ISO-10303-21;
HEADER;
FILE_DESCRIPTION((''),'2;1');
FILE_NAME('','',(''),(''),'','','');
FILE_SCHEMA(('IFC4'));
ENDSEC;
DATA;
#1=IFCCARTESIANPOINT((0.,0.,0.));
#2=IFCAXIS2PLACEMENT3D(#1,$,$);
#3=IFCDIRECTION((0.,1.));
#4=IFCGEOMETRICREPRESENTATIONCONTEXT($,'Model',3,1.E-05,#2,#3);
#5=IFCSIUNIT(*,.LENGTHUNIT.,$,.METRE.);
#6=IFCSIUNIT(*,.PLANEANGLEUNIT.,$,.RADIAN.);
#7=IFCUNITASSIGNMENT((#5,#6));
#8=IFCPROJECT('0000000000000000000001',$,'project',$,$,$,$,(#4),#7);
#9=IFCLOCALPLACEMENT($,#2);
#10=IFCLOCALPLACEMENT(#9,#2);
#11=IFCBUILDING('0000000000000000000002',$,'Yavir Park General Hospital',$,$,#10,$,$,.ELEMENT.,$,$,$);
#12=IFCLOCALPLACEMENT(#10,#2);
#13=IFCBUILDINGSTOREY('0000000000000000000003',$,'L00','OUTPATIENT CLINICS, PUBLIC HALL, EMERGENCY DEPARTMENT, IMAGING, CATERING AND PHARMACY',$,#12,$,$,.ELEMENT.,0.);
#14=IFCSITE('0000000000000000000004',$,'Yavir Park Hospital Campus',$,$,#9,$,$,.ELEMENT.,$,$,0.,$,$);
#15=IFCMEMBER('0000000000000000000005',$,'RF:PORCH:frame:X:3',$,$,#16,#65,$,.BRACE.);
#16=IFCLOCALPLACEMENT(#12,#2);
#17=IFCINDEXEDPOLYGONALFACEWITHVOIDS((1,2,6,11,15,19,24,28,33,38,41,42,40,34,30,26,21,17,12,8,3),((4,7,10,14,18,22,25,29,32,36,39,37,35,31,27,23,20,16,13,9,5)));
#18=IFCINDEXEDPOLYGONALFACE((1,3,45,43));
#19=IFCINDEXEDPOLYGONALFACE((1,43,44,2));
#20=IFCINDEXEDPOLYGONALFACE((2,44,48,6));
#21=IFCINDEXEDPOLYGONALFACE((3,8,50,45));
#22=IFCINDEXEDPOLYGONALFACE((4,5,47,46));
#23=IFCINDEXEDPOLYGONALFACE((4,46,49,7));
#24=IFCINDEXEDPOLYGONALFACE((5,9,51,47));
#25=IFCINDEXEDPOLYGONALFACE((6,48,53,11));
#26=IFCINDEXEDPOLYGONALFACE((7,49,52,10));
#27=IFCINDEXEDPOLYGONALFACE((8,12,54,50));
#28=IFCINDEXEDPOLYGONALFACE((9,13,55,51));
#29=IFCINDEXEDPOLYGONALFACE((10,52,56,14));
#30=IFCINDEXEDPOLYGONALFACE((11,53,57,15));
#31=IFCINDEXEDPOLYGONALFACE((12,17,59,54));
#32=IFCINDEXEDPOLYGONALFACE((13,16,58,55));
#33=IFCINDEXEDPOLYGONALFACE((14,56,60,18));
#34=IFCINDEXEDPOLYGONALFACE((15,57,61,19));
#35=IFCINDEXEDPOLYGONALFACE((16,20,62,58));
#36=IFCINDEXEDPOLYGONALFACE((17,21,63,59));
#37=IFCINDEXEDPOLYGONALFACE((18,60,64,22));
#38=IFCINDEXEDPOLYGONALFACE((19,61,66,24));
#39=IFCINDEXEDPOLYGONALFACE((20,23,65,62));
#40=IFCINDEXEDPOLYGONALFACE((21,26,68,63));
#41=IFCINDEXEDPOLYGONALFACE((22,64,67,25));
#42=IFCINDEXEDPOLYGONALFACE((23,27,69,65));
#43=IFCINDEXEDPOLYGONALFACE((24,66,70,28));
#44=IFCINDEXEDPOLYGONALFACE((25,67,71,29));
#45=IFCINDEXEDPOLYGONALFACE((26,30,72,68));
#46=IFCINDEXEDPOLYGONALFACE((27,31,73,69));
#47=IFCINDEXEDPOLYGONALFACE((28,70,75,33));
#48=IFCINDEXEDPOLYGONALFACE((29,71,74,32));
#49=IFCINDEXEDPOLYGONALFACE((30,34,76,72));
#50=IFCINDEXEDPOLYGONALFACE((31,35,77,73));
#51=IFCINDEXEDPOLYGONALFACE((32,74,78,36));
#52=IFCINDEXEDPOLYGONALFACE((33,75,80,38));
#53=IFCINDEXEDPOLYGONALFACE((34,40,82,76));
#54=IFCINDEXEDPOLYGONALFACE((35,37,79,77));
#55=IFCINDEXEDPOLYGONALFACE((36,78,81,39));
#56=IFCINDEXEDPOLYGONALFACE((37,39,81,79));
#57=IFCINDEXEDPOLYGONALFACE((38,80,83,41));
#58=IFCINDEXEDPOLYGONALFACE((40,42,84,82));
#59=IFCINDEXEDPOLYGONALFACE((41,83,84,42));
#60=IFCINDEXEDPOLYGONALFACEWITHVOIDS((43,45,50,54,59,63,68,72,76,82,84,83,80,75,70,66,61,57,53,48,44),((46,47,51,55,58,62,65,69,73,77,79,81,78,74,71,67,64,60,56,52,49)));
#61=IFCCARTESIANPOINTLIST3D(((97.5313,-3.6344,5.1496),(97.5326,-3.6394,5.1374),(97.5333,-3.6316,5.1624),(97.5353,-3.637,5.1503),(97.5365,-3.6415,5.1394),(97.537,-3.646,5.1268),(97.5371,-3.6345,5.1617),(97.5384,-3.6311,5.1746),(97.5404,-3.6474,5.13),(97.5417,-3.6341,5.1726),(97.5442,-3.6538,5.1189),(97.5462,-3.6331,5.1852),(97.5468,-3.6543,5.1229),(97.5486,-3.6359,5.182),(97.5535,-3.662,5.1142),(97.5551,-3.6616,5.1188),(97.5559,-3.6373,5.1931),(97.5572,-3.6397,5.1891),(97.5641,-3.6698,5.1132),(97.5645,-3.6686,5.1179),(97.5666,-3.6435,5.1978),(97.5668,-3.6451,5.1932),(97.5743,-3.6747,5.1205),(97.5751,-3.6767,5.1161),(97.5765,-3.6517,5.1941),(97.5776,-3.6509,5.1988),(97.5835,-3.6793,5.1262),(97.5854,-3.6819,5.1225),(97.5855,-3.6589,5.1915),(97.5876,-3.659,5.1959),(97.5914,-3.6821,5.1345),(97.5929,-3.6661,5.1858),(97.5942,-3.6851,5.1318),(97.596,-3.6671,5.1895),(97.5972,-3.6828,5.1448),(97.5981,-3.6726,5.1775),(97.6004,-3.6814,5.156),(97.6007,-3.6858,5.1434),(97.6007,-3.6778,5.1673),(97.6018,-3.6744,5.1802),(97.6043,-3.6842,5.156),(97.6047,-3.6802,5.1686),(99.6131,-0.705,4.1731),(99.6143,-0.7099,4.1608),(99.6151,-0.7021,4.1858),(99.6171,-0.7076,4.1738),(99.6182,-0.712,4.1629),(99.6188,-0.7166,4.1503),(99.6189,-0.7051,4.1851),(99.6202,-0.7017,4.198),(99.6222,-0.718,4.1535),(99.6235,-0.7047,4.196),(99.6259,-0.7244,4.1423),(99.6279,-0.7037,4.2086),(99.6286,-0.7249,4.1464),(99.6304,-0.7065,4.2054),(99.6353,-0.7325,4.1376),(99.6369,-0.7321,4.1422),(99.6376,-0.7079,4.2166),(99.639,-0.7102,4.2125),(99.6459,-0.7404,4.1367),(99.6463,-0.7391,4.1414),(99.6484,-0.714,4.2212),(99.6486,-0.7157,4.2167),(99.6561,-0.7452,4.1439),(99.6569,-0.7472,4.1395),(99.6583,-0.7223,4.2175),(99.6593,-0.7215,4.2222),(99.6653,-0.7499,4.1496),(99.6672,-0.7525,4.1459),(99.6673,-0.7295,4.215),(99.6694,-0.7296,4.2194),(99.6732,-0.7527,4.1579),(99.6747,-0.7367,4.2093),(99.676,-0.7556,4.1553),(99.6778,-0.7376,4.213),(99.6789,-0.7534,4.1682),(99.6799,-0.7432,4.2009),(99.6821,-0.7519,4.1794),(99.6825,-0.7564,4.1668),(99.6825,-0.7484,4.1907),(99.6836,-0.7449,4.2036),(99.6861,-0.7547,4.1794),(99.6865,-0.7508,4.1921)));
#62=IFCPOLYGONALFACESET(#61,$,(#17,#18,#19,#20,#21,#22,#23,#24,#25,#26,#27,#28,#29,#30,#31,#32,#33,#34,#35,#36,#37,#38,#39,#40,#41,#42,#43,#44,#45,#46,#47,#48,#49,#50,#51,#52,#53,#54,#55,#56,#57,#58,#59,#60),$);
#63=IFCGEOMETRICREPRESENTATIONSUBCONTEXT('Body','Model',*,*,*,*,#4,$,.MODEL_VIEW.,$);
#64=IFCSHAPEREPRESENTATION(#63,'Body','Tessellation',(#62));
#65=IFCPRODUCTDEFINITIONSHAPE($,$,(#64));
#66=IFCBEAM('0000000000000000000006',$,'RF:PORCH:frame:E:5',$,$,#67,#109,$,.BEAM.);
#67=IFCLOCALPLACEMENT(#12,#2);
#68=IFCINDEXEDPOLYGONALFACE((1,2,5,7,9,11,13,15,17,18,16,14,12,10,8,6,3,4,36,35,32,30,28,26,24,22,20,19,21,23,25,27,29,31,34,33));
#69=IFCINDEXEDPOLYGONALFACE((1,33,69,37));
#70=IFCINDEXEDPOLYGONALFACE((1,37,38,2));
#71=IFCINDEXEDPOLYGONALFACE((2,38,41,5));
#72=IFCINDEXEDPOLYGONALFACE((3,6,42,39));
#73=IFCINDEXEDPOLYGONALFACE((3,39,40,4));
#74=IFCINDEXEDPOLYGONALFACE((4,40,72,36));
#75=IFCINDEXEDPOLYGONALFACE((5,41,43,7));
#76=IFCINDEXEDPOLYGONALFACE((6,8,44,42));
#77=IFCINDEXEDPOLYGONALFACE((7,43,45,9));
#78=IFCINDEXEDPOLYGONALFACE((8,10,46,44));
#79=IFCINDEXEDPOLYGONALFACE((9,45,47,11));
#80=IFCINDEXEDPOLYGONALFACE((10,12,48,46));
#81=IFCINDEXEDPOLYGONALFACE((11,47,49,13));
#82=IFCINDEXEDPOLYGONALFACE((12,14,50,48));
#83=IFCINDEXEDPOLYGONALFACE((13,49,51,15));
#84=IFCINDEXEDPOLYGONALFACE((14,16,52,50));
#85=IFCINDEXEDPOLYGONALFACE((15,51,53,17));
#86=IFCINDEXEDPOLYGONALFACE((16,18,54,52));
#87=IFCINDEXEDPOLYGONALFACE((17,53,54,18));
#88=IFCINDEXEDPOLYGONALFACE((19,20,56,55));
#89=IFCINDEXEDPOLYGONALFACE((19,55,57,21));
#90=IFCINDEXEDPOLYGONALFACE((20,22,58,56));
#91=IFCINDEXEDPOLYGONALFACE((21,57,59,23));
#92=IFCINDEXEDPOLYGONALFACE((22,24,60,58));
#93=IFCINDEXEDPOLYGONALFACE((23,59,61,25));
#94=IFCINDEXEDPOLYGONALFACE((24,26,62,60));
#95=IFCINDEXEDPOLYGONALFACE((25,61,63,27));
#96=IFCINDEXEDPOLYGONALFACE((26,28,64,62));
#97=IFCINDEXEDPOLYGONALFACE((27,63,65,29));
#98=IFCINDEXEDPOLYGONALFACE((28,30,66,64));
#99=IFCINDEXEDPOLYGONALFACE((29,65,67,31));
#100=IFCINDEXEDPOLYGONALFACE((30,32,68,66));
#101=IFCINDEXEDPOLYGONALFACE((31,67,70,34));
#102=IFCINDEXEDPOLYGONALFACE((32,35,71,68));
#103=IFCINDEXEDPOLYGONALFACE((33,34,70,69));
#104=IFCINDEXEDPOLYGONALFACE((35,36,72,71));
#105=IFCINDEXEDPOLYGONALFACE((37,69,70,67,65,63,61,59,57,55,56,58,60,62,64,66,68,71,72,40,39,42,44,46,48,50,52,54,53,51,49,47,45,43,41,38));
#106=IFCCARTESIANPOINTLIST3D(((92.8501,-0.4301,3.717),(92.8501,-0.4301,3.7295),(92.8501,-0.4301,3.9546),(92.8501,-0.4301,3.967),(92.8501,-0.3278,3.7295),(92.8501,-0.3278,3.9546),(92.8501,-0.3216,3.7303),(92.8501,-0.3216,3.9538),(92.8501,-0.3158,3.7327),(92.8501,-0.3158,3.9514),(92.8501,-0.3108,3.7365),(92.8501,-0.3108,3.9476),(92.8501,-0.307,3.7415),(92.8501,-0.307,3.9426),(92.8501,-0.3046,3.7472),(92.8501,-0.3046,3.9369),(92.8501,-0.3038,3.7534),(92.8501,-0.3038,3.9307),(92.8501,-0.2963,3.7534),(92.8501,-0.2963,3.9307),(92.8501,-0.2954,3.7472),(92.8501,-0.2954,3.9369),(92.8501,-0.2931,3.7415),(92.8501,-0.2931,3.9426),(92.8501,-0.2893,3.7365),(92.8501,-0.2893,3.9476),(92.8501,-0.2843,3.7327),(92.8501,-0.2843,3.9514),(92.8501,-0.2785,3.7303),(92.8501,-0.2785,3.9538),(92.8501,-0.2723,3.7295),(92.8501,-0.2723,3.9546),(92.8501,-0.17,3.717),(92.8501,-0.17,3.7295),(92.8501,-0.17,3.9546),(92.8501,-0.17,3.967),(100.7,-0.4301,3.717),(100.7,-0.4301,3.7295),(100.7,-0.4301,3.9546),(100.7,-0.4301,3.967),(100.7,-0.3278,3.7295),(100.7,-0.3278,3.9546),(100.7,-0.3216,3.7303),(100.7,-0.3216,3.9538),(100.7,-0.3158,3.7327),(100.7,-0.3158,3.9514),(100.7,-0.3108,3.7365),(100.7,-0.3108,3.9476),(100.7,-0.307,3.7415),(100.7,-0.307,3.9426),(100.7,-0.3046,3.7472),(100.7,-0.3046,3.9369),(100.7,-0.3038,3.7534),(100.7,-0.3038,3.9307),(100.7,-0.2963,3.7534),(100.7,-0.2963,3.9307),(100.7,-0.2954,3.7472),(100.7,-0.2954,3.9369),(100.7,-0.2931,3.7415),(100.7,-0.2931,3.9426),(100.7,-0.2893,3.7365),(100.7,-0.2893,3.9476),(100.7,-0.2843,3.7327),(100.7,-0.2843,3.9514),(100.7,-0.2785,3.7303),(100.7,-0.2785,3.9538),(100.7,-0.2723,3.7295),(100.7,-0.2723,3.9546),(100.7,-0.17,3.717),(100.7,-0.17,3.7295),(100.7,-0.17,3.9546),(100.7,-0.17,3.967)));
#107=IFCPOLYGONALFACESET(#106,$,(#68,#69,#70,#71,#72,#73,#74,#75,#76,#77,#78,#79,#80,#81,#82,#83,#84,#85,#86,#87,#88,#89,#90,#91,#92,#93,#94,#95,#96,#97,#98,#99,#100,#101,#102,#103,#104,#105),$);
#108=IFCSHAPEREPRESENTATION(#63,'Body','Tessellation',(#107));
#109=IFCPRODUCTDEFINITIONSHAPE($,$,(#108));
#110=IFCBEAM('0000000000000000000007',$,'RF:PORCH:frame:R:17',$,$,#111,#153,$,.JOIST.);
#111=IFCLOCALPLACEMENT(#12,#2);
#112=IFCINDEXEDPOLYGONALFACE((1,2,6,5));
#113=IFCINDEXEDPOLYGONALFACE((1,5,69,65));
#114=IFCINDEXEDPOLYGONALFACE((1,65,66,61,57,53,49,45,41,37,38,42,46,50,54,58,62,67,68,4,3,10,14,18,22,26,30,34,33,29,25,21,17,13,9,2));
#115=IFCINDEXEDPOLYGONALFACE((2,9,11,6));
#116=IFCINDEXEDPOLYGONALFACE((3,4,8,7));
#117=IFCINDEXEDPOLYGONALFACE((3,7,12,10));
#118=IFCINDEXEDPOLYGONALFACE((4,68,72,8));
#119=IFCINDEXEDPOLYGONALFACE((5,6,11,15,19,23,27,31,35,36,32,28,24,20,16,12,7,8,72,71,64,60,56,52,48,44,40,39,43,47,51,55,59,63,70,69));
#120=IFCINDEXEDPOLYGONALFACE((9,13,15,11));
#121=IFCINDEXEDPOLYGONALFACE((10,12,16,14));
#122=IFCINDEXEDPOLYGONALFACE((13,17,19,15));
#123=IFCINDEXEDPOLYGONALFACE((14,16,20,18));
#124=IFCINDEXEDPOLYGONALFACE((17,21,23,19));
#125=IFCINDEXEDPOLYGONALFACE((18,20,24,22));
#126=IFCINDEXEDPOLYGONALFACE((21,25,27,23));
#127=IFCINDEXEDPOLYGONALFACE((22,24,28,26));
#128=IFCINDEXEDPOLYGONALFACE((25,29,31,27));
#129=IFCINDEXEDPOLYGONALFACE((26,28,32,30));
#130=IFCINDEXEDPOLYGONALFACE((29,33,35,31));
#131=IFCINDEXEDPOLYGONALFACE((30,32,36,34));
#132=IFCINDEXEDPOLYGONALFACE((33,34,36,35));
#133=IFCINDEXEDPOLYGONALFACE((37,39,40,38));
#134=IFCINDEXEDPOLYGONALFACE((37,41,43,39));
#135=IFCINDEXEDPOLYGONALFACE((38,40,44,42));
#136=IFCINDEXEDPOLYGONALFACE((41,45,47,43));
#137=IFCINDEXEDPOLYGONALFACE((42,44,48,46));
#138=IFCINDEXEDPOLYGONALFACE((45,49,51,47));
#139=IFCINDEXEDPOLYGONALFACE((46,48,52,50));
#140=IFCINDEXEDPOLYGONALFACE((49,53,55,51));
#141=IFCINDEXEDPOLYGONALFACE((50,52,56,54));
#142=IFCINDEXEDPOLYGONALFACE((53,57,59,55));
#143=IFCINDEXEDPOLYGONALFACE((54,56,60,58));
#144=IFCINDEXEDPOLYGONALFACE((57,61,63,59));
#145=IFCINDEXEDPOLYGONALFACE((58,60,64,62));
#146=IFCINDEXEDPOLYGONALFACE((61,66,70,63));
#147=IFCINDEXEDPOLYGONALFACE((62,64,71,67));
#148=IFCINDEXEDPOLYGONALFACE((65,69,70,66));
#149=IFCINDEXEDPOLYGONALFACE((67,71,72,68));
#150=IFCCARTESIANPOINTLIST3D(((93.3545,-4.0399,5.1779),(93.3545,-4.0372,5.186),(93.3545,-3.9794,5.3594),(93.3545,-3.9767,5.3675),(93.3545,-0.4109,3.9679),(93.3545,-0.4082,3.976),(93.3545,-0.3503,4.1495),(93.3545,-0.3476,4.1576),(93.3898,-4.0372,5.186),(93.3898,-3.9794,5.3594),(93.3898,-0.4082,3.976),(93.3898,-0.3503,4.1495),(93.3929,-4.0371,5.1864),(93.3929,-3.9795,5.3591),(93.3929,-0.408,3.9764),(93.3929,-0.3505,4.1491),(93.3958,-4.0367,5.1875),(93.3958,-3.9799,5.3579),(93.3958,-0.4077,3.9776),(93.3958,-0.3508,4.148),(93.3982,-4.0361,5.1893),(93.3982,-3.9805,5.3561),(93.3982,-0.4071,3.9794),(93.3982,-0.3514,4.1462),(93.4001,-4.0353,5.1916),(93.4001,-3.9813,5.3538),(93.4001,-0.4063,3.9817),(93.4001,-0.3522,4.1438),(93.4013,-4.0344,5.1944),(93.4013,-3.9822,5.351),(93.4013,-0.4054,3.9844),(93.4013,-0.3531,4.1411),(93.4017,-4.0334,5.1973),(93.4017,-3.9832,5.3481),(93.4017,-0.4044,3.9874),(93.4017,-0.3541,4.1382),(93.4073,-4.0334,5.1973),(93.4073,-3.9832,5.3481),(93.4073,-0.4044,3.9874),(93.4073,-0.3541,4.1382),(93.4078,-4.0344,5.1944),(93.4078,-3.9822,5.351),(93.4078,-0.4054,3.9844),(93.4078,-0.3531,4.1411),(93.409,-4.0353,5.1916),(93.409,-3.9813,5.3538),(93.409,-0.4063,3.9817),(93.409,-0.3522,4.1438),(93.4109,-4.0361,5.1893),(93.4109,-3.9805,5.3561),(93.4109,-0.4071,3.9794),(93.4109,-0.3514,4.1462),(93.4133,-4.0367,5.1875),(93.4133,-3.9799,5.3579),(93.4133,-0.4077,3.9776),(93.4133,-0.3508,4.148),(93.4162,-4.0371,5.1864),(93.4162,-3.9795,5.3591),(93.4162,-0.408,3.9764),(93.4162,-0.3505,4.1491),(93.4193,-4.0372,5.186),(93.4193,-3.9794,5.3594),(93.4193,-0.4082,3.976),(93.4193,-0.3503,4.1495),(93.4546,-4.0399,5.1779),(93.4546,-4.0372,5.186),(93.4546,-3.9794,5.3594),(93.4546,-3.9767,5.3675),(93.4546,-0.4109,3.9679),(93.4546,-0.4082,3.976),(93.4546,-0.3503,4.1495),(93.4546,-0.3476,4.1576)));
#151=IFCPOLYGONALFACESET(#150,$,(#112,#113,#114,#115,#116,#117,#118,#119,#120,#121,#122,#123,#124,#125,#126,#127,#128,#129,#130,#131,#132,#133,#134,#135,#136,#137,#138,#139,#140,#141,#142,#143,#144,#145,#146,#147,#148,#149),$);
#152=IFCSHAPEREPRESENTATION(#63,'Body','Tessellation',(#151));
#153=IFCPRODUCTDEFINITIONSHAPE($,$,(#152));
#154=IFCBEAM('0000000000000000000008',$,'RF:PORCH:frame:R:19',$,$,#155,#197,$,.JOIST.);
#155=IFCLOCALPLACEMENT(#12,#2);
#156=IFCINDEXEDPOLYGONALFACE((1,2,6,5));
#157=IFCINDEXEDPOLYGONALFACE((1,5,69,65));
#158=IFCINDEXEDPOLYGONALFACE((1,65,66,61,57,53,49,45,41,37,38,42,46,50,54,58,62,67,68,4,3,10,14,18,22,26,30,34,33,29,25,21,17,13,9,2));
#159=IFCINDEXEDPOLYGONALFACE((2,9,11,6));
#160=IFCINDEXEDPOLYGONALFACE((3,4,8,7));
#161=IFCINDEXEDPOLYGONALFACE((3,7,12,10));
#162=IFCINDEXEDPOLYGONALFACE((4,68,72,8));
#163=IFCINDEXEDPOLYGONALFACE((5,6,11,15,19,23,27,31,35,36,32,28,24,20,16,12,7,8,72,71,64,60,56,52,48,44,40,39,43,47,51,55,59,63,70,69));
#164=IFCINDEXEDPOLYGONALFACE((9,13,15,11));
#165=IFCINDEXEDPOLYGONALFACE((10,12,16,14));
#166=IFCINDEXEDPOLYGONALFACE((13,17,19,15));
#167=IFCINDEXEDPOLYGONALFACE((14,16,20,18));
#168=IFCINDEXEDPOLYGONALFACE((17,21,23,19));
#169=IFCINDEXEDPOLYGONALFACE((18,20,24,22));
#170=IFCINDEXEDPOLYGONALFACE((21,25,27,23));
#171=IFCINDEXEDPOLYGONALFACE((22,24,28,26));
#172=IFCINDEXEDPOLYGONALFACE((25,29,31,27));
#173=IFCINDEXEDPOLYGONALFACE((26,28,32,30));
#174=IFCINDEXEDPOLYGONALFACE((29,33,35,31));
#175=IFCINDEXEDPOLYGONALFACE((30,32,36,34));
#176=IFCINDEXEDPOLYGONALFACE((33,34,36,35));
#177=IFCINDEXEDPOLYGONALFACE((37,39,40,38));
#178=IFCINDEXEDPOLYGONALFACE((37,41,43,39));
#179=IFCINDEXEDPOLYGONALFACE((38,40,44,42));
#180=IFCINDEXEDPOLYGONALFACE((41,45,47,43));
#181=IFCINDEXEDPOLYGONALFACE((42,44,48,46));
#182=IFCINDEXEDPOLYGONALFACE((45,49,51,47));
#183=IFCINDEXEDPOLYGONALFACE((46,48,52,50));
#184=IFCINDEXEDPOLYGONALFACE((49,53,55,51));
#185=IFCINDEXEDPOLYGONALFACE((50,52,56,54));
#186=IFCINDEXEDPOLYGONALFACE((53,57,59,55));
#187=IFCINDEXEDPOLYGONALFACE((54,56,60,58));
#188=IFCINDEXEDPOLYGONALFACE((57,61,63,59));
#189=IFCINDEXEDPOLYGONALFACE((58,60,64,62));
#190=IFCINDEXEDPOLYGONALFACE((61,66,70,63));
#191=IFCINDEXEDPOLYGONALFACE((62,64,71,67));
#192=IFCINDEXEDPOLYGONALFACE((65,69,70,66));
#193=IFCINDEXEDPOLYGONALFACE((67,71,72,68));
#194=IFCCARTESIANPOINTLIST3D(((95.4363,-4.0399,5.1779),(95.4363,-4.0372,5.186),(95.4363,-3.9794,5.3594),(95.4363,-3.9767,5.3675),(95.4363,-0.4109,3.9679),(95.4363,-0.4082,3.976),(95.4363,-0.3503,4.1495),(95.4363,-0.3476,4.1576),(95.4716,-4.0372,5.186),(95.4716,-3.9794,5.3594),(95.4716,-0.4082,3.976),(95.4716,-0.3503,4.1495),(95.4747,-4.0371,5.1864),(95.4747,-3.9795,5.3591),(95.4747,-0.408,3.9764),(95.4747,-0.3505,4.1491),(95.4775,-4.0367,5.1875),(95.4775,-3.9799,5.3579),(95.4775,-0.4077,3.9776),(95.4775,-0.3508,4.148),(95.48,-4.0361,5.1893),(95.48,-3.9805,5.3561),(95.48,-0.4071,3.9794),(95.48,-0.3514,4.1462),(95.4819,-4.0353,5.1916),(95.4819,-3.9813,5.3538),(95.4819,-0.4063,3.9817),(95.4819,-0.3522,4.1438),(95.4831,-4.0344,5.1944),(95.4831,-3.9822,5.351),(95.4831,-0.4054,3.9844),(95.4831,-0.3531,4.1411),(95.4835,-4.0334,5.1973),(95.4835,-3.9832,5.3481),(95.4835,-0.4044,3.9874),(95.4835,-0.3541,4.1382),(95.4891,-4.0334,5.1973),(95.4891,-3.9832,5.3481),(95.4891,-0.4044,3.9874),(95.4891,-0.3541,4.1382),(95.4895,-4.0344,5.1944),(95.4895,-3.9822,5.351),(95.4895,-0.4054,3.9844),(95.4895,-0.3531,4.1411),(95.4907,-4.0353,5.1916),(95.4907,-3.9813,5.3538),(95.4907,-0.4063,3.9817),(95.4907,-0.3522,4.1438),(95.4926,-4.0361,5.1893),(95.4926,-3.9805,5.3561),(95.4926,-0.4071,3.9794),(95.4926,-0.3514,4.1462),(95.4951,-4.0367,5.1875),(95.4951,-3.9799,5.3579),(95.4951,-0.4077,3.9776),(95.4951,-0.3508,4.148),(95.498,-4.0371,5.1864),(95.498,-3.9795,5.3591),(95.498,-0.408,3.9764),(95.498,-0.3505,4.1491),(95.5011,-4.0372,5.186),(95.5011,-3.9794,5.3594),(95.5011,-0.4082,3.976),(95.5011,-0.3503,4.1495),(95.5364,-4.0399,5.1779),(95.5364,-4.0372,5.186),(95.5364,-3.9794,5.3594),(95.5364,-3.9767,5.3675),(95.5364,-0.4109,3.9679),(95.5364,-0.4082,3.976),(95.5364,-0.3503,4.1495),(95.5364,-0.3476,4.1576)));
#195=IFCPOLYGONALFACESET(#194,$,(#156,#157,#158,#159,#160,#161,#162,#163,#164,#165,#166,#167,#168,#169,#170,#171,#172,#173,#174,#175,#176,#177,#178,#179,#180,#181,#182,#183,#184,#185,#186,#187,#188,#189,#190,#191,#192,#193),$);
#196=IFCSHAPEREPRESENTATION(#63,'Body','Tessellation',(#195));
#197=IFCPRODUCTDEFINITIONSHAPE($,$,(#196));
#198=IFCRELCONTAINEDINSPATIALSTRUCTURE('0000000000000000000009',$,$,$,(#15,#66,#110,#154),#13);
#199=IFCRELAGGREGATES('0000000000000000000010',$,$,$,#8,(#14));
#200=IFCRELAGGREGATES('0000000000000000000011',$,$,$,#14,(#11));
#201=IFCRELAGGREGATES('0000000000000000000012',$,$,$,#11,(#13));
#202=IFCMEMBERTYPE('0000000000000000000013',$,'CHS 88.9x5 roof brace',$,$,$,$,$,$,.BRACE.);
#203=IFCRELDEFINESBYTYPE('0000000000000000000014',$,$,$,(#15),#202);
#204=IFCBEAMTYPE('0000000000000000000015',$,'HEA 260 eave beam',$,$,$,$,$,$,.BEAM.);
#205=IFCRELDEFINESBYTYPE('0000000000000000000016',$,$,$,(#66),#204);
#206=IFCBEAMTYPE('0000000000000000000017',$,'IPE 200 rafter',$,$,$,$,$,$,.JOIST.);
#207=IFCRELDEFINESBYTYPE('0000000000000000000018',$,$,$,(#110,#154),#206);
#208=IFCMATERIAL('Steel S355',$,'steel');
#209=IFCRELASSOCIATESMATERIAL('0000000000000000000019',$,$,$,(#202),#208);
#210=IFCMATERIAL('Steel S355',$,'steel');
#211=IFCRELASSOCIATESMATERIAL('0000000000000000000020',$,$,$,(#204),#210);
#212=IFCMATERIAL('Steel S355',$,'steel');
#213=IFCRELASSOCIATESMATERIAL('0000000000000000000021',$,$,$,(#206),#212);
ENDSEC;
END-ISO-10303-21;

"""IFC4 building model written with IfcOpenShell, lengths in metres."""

from ifc_helpers import new_model, si_unit, direction, frame, origin, origin_2d, place, context, subcontext, project, spatial, hollow_circle, i_section, extrude, material, material_profile, profile_set, type_object, element, save


model = new_model("IFC4")

# Units and contexts
model_context = context("Model", 3, precision=1e-05, world=origin(), true_north=direction((0.0, 1.0)))
body_context = subcontext(model_context, "Body", "Model", "MODEL_VIEW")
ifc_project = project(units=[si_unit("LENGTHUNIT", "METRE"), si_unit("PLANEANGLEUNIT", "RADIAN")], contexts=[model_context])

# Site, building, storey
site_placement = place(None, origin())
site = spatial("IfcSite", under=ifc_project, at=site_placement, Name="Yavir Park Hospital Campus", CompositionType="ELEMENT", RefElevation=0.0)
building_placement = place(site_placement, origin())
building = spatial("IfcBuilding", under=site, at=building_placement, Name="Yavir Park General Hospital", CompositionType="ELEMENT")
storey_placement = place(building_placement, origin())
storey = spatial("IfcBuildingStorey", under=building, at=storey_placement, Name="L00", Description="OUTPATIENT CLINICS, PUBLIC HALL, EMERGENCY DEPARTMENT, IMAGING, CATERING AND PHARMACY", CompositionType="ELEMENT", Elevation=0.0)

# Member
ifc_material_1 = material(Name="Steel S355", Category="steel")
ifc_material_profile_1 = material_profile(ifc_material_1, hollow_circle(Radius=0.0444, WallThickness=0.0049, at=origin_2d()), Name="CHS88.9x5")
ifc_profile_set_1 = profile_set([ifc_material_profile_1], Name="Steel S355")
member_type_1 = type_object("IfcMemberType", Name="CHS 88.9x5 roof brace", PredefinedType="BRACE", material=ifc_profile_set_1)
member_1_placement = place(storey_placement, frame((99.6499, -0.729, 4.1794), z_axis=(-0.558999, -0.786611, 0.262226), x_axis=(0.815136, -0.57927, 0.0)))
element("IfcMember", 1, at=member_1_placement, inside=storey, type_object=member_type_1, Name="RF:PORCH:frame:X:3", PredefinedType="BRACE", context=body_context, shape_type="SweptSolid", body=[
    extrude(hollow_circle(Radius=0.0444, WallThickness=0.0049, at=origin_2d()), origin(), (0.0, 0.0, 1.0), 3.7241),
])

# Beams
ifc_material_2 = material(Name="Steel S355", Category="steel")
ifc_material_profile_2 = material_profile(ifc_material_2, i_section(OverallWidth=0.26, OverallDepth=0.25, WebThickness=0.0076, FlangeThickness=0.0125, FilletRadius=0.0239, at=origin_2d()), Name="HEA260")
ifc_profile_set_2 = profile_set([ifc_material_profile_2], Name="Steel S355")
beam_type_1 = type_object("IfcBeamType", Name="HEA 260 eave beam", PredefinedType="BEAM", material=ifc_profile_set_2)
beam_1_placement = place(storey_placement, frame((92.8501, -0.3, 3.842), z_axis=(1.0, 0.0, 0.0), x_axis=(0.0, 1.0, 0.0)))
element("IfcBeam", 2, at=beam_1_placement, inside=storey, type_object=beam_type_1, Name="RF:PORCH:frame:E:5", PredefinedType="BEAM", context=body_context, shape_type="SweptSolid", body=[
    extrude(i_section(OverallWidth=0.26, OverallDepth=0.25, WebThickness=0.0076, FlangeThickness=0.0125, FilletRadius=0.0239, at=origin_2d()), origin(), (0.0, 0.0, 1.0), 7.8499),
])
ifc_material_3 = material(Name="Steel S355", Category="steel")
ifc_material_profile_3 = material_profile(ifc_material_3, i_section(OverallWidth=0.1001, OverallDepth=0.2, WebThickness=0.0056, FlangeThickness=0.0085, FilletRadius=0.012, at=origin_2d()), Name="IPE200")
ifc_profile_set_3 = profile_set([ifc_material_profile_3], Name="Steel S355")
beam_type_2 = type_object("IfcBeamType", Name="IPE 200 rafter", PredefinedType="JOIST", material=ifc_profile_set_3)
for number, where, z_axis, x_axis, name in (
    (3, (93.4045, -4.0083, 5.2727), (0.0, 0.948664, -0.316285), (-1.0, 0.0, 0.0), "RF:PORCH:frame:R:17"),
    (4, (95.4863, -4.0083, 5.2727), (0.0, 0.948664, -0.316285), (-1.0, 0.0, 0.0), "RF:PORCH:frame:R:19"),
):
    element("IfcBeam", number, at=place(storey_placement, frame(where, z_axis=z_axis, x_axis=x_axis)), inside=storey, type_object=beam_type_2, Name=name, PredefinedType="JOIST", context=body_context, shape_type="SweptSolid", body=[
        extrude(i_section(OverallWidth=0.1001, OverallDepth=0.2, WebThickness=0.0056, FlangeThickness=0.0085, FilletRadius=0.012, at=origin_2d()), origin(), (0.0, 0.0, 1.0), 3.8254),
    ])

save(model, "model.ifc")
